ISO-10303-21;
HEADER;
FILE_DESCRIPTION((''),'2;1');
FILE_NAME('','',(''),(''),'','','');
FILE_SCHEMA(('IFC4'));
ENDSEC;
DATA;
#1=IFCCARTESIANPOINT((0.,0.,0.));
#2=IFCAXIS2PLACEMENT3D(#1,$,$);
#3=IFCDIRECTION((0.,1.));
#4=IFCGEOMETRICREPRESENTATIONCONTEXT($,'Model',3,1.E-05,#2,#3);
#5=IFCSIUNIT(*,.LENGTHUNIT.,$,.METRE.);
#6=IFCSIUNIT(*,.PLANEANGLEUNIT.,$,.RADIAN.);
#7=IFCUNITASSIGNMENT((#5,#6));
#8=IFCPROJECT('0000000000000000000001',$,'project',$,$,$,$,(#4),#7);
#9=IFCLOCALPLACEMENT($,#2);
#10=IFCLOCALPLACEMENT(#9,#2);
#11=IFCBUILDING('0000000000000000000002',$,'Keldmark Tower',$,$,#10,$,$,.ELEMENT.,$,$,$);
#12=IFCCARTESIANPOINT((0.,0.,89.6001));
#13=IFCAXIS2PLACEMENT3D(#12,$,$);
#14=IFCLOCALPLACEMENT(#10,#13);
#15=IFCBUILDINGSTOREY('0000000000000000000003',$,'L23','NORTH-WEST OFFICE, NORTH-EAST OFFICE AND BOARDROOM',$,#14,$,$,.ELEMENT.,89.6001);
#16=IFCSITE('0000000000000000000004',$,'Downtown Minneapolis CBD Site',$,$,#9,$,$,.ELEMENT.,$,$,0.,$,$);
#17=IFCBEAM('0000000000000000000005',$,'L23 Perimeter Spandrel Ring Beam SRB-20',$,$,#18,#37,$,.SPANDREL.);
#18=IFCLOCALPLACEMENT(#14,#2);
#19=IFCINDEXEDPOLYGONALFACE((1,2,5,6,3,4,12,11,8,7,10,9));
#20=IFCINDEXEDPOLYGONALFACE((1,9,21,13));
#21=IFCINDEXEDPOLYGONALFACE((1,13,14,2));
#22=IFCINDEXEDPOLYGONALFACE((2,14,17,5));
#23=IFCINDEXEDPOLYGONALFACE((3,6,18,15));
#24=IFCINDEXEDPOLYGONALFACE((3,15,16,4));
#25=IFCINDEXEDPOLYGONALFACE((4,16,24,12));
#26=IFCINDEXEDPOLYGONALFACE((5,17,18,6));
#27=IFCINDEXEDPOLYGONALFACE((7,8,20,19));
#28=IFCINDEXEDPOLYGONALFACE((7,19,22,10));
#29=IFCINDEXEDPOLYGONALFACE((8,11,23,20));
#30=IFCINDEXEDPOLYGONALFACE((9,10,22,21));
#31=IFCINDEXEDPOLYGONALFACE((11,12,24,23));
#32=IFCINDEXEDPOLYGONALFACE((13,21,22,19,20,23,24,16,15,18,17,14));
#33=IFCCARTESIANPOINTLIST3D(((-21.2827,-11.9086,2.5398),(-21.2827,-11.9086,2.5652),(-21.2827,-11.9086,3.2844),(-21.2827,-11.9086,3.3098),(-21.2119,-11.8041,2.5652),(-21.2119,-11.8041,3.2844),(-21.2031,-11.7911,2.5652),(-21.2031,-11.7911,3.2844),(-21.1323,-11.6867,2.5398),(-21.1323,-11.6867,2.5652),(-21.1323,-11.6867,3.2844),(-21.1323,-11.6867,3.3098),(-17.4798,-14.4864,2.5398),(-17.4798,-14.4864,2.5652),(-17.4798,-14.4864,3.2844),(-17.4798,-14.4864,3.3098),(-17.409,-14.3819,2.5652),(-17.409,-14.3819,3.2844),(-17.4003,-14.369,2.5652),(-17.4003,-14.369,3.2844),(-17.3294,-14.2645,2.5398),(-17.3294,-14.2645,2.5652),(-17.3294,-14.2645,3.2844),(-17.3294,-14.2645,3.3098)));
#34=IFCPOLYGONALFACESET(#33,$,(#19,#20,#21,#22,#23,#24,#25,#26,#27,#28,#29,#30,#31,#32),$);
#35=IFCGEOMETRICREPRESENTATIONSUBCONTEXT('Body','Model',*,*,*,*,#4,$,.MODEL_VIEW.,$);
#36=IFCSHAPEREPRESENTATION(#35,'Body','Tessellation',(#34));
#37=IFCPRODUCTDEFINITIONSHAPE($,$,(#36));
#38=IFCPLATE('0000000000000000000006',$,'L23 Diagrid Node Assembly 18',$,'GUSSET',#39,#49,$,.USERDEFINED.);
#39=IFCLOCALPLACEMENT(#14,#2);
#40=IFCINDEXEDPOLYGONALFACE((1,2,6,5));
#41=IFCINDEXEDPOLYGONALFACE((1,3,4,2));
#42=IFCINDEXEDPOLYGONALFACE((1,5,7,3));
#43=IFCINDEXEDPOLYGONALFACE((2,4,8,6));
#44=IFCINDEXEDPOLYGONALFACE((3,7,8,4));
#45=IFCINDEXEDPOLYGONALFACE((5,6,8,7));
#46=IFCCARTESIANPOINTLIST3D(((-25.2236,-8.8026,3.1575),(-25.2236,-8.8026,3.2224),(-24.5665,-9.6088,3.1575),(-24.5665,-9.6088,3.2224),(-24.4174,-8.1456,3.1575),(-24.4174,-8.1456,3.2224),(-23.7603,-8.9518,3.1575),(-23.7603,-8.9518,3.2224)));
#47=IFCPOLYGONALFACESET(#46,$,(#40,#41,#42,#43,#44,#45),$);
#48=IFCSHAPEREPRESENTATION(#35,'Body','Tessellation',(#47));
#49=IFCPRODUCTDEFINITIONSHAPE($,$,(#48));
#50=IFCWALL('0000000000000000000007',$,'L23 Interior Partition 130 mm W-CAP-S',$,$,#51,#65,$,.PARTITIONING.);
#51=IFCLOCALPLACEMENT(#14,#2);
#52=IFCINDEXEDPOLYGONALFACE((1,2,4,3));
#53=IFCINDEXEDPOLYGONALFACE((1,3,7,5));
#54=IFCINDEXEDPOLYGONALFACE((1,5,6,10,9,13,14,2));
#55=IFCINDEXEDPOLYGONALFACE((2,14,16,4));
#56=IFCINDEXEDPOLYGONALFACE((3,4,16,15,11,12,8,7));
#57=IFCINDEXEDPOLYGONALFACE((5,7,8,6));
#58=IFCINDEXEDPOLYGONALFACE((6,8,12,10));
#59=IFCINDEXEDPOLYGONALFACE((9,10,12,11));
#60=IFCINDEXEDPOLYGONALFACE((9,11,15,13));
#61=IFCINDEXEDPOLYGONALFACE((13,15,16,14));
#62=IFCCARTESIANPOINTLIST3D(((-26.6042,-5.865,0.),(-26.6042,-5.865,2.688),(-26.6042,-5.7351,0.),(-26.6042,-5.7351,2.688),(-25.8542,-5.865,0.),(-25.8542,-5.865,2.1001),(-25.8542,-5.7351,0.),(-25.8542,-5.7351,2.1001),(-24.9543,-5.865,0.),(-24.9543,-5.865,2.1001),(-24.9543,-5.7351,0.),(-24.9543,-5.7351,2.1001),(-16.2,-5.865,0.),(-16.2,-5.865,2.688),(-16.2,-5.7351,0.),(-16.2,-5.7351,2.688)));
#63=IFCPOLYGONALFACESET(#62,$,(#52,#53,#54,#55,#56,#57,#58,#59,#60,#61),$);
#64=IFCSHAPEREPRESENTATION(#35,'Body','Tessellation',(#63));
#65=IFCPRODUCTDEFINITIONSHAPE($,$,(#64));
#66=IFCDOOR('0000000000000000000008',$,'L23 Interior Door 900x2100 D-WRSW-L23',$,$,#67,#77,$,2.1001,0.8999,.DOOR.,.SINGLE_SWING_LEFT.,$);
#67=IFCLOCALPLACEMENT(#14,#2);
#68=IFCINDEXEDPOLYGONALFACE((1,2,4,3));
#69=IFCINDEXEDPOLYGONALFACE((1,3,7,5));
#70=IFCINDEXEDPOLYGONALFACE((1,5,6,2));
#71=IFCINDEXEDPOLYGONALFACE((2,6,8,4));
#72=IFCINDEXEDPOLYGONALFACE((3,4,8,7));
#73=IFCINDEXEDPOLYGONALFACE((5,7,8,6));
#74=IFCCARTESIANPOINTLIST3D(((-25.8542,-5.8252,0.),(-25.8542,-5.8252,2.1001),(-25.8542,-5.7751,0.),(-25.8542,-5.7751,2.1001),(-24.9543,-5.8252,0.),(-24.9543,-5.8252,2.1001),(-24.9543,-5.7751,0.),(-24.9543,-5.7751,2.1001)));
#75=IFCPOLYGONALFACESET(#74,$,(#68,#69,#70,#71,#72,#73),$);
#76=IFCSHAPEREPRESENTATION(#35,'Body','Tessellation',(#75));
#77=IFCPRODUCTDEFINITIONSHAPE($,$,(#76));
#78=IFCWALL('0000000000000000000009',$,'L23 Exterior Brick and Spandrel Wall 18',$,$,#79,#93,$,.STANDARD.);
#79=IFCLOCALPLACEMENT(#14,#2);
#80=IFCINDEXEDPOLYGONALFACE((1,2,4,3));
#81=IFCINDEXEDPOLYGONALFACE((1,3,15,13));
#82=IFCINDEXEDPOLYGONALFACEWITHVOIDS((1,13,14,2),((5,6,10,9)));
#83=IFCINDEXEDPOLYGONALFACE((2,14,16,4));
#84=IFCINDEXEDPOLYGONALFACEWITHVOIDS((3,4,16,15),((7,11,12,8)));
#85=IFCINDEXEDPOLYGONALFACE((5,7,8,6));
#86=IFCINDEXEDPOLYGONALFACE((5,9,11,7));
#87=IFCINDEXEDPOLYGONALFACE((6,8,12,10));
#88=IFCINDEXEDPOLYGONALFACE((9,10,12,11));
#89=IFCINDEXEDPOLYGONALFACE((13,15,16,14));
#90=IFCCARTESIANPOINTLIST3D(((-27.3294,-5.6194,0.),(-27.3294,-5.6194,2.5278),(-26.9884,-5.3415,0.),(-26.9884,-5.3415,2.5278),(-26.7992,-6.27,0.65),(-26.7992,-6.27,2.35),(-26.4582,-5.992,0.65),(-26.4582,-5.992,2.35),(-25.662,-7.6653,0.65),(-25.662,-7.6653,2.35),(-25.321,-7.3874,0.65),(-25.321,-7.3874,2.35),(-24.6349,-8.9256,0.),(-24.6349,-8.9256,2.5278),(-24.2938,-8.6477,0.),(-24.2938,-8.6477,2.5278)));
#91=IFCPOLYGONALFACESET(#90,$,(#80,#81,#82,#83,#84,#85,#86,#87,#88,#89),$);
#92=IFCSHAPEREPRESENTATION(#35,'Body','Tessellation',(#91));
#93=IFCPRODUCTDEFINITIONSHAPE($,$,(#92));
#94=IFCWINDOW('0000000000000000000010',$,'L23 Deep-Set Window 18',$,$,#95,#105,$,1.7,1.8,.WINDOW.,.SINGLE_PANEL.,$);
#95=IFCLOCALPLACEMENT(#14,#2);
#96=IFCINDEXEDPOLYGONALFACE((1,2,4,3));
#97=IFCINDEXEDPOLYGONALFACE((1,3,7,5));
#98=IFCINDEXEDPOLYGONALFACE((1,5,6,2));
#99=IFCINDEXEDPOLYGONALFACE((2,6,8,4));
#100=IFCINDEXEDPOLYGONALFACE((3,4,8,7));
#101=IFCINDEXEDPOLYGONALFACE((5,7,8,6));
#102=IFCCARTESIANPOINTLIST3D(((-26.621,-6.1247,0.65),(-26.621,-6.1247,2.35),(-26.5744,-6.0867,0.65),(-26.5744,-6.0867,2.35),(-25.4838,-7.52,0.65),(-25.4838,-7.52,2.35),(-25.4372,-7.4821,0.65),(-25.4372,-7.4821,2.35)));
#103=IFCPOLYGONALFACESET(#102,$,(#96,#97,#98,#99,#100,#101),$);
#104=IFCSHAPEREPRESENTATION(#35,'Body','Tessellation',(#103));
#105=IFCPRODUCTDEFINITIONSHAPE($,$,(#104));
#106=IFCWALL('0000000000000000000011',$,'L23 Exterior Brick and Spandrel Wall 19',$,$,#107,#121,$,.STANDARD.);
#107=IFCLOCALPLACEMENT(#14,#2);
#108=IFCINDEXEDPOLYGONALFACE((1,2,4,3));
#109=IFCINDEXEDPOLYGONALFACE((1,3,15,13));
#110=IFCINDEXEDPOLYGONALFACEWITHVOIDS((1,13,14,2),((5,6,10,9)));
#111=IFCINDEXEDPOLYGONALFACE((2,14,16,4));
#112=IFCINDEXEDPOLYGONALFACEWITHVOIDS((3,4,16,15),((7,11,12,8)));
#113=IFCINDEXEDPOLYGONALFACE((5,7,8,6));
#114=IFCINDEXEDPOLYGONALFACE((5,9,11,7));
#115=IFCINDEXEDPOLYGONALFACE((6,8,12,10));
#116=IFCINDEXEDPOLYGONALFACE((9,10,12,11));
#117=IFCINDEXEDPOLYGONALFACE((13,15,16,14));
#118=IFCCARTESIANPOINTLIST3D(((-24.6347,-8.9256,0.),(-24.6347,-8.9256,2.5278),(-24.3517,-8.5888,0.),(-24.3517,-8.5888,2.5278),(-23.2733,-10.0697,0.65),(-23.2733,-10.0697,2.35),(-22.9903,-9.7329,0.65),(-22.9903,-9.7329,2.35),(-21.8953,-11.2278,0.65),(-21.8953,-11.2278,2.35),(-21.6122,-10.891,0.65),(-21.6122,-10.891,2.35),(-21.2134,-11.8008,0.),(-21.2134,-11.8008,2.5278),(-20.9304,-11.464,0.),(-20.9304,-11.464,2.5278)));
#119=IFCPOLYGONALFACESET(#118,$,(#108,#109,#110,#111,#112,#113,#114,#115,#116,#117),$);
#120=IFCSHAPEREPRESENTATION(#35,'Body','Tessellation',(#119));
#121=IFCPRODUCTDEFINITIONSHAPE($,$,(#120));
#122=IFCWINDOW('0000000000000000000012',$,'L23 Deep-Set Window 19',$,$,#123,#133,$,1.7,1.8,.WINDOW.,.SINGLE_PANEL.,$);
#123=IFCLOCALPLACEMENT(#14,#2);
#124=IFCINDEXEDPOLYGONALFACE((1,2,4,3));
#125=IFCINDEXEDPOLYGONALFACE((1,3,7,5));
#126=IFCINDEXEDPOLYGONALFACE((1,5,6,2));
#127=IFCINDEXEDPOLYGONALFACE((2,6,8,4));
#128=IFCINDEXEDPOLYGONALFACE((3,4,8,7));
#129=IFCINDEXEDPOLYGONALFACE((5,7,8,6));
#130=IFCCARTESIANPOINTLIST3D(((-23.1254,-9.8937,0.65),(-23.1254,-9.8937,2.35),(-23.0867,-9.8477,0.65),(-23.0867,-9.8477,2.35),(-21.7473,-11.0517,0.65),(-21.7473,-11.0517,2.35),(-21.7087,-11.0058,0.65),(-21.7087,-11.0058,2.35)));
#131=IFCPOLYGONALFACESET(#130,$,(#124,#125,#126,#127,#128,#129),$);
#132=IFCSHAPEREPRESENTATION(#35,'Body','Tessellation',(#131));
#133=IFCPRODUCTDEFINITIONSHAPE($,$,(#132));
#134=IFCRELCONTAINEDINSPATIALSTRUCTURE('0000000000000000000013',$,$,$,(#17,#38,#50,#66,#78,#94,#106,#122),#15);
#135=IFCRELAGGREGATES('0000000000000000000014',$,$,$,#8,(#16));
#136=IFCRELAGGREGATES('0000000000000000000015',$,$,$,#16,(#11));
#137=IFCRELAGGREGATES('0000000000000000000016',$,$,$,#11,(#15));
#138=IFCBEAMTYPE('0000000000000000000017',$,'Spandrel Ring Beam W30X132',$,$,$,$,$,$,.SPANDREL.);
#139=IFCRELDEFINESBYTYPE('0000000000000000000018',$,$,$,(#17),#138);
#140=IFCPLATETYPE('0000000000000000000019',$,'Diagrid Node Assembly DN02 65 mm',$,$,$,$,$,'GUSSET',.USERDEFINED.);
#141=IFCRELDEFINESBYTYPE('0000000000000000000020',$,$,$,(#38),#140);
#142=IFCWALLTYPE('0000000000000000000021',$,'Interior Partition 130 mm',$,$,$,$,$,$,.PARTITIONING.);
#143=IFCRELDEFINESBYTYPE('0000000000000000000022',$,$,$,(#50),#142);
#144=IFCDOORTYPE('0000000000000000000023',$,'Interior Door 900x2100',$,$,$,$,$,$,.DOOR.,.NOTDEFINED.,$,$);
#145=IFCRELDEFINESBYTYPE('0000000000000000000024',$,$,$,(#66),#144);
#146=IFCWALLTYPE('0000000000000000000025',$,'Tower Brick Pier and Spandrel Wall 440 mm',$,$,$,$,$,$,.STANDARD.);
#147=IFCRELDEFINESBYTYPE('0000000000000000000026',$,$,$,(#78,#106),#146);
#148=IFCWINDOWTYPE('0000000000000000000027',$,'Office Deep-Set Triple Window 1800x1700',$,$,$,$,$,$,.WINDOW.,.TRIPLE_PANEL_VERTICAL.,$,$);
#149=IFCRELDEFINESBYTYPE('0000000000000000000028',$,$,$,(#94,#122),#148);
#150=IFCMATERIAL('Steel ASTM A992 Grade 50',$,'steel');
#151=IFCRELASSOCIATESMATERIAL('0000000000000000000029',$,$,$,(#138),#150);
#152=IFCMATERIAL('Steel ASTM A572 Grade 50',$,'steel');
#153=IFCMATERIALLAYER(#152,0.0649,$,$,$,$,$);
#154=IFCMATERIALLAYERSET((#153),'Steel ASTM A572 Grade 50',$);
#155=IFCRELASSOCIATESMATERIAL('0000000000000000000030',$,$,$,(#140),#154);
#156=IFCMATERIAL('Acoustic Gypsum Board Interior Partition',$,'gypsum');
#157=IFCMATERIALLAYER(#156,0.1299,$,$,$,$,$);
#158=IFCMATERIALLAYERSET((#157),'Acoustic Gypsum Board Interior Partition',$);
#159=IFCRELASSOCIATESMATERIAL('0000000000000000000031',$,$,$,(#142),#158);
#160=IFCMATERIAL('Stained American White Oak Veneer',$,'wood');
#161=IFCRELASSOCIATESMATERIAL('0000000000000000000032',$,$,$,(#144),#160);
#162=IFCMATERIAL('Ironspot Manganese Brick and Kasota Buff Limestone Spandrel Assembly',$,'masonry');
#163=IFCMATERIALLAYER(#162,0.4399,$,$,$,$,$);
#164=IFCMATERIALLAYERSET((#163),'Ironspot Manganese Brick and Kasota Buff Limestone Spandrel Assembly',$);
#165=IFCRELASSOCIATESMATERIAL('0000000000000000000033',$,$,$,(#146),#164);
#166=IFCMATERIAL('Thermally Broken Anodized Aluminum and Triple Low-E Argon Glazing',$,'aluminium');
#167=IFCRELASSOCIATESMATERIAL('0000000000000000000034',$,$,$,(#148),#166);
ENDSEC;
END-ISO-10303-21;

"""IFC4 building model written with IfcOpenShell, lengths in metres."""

from ifc_helpers import new_model, si_unit, direction, frame, frame_2d, origin, origin_2d, place, context, subcontext, project, spatial, rectangle, i_section, extrude, material, layer, layer_set, material_profile, profile_set, type_object, element, fill, save


model = new_model("IFC4")

# Units and contexts
model_context = context("Model", 3, precision=1e-05, world=origin(), true_north=direction((0.0, 1.0)))
body_context = subcontext(model_context, "Body", "Model", "MODEL_VIEW")
ifc_project = project(units=[si_unit("LENGTHUNIT", "METRE"), si_unit("PLANEANGLEUNIT", "RADIAN")], contexts=[model_context])

# Site, building, storey
site_placement = place(None, origin())
site = spatial("IfcSite", under=ifc_project, at=site_placement, Name="Downtown Minneapolis CBD Site", CompositionType="ELEMENT", RefElevation=0.0)
building_placement = place(site_placement, origin())
building = spatial("IfcBuilding", under=site, at=building_placement, Name="Keldmark Tower", CompositionType="ELEMENT")
storey_placement = place(building_placement, frame((0.0, 0.0, 89.6001)))
storey = spatial("IfcBuildingStorey", under=building, at=storey_placement, Name="L23", Description="NORTH-WEST OFFICE, NORTH-EAST OFFICE AND BOARDROOM", CompositionType="ELEMENT", Elevation=89.6001)

# Beam
ifc_material_1 = material(Name="Steel ASTM A992 Grade 50", Category="steel")
ifc_material_profile_1 = material_profile(ifc_material_1, i_section(OverallWidth=0.2681, OverallDepth=0.77, WebThickness=0.0156, FlangeThickness=0.0254, at=origin_2d()), Name="W30X132")
ifc_profile_set_1 = profile_set([ifc_material_profile_1], Name="Steel ASTM A992 Grade 50")
beam_type_1 = type_object("IfcBeamType", Name="Spandrel Ring Beam W30X132", PredefinedType="SPANDREL", material=ifc_profile_set_1)
beam_1_placement = place(storey_placement, frame((-21.2075, -11.7976, 2.9248), z_axis=(0.82775, -0.561097, 0.0), x_axis=(0.561097, 0.82775, 0.0)))
element("IfcBeam", 1, at=beam_1_placement, inside=storey, type_object=beam_type_1, Name="L23 Perimeter Spandrel Ring Beam SRB-20", PredefinedType="SPANDREL", context=body_context, shape_type="SweptSolid", body=[
    extrude(i_section(OverallWidth=0.2681, OverallDepth=0.77, WebThickness=0.0156, FlangeThickness=0.0254, at=origin_2d()), origin(), (0.0, 0.0, 1.0), 4.5942),
])

# Plate
ifc_material_2 = material(Name="Steel ASTM A572 Grade 50", Category="steel")
ifc_layer_1 = layer(ifc_material_2, 0.0649)
ifc_layer_set_1 = layer_set([ifc_layer_1], Name="Steel ASTM A572 Grade 50")
plate_type = type_object("IfcPlateType", Name="Diagrid Node Assembly DN02 65 mm", ElementType="GUSSET", PredefinedType="USERDEFINED", material=ifc_layer_set_1)
plate_placement = place(storey_placement, frame((-24.4919, -8.8772, 3.1575), z_axis=(0.0, 0.0, 1.0), x_axis=(0.631759, -0.775165, 0.0)))
element("IfcPlate", 2, at=plate_placement, inside=storey, type_object=plate_type, Name="L23 Diagrid Node Assembly 18", ObjectType="GUSSET", PredefinedType="USERDEFINED", context=body_context, shape_type="SweptSolid", body=[
    extrude(rectangle(XDim=1.04, YDim=1.04, at=origin_2d()), origin(), (0.0, 0.0, 1.0), 0.0649),
])

# Wall, opening, door
ifc_material_3 = material(Name="Acoustic Gypsum Board Interior Partition", Category="gypsum")
ifc_layer_2 = layer(ifc_material_3, 0.1299)
ifc_layer_set_2 = layer_set([ifc_layer_2], Name="Acoustic Gypsum Board Interior Partition")
wall_type_1 = type_object("IfcWallType", Name="Interior Partition 130 mm", PredefinedType="PARTITIONING", material=ifc_layer_set_2)
wall_1_placement = place(storey_placement, frame((-26.6042, -5.8, 0.0), z_axis=(0.0, 0.0, 1.0), x_axis=(1.0, 0.0, 0.0)))
wall_1 = element("IfcWall", 3, at=wall_1_placement, inside=storey, type_object=wall_type_1, Name="L23 Interior Partition 130 mm W-CAP-S", PredefinedType="PARTITIONING", context=body_context, shape_type="SweptSolid", body=[
    extrude(rectangle(XDim=10.4043, YDim=0.1299, at=frame_2d((5.2021, 0.0))), origin(), (0.0, 0.0, 1.0), 2.688),
])
opening_1_placement = place(wall_1_placement, frame((0.75, 0.0, 0.0)))
opening_1 = element("IfcOpeningElement", 4, at=opening_1_placement, cuts=wall_1, PredefinedType="OPENING", context=body_context, shape_type="SweptSolid", body=[
    extrude(rectangle(XDim=0.8999, YDim=2.1001, at=frame_2d((0.45, 1.05))), frame((0.0, 0.075, 0.0), z_axis=(0.0, -1.0, 0.0), x_axis=(1.0, 0.0, 0.0)), (0.0, 0.0, 1.0), 0.1499),
])
ifc_material_4 = material(Name="Stained American White Oak Veneer", Category="wood")
door_type = type_object("IfcDoorType", Name="Interior Door 900x2100", OperationType="NOTDEFINED", PredefinedType="DOOR", material=ifc_material_4)
door_placement = place(opening_1_placement, origin())
door = element("IfcDoor", 5, at=door_placement, inside=storey, type_object=door_type, Name="L23 Interior Door 900x2100 D-WRSW-L23", OperationType="SINGLE_SWING_LEFT", OverallHeight=2.1001, OverallWidth=0.8999, PredefinedType="DOOR", context=body_context, shape_type="SweptSolid", body=[
    extrude(rectangle(XDim=0.8999, YDim=2.1001, at=frame_2d((0.45, 1.05))), frame((0.0, 0.0249, 0.0), z_axis=(0.0, -1.0, 0.0), x_axis=(1.0, 0.0, 0.0)), (0.0, 0.0, 1.0), 0.05),
])
fill(opening_1, door)

# Walls, openings, windows
ifc_material_5 = material(Name="Ironspot Manganese Brick and Kasota Buff Limestone Spandrel Assembly", Category="masonry")
ifc_layer_3 = layer(ifc_material_5, 0.4399)
ifc_layer_set_3 = layer_set([ifc_layer_3], Name="Ironspot Manganese Brick and Kasota Buff Limestone Spandrel Assembly")
wall_type_2 = type_object("IfcWallType", Name="Tower Brick Pier and Spandrel Wall 440 mm", PredefinedType="STANDARD", material=ifc_layer_set_3)
wall_2_placement = place(storey_placement, frame((-24.4644, -8.7866, 0.0), z_axis=(0.0, 0.0, 1.0), x_axis=(-0.631769, 0.775157, 0.0)))
wall_2 = element("IfcWall", 6, at=wall_2_placement, inside=storey, type_object=wall_type_2, Name="L23 Exterior Brick and Spandrel Wall 18", PredefinedType="STANDARD", context=body_context, shape_type="SweptSolid", body=[
    extrude(rectangle(XDim=4.2651, YDim=0.4399, at=frame_2d((2.1326, 0.0))), origin(), (0.0, 0.0, 1.0), 2.5278),
])
opening_2_placement = place(wall_2_placement, frame((1.626, 0.0, 0.6499)))
opening_2 = element("IfcOpeningElement", 7, at=opening_2_placement, cuts=wall_2, PredefinedType="OPENING", context=body_context, shape_type="SweptSolid", body=[
    extrude(rectangle(XDim=1.8, YDim=1.7, at=frame_2d((0.8999, 0.8501))), frame((0.0, 0.23, 0.0), z_axis=(0.0, -1.0, 0.0), x_axis=(1.0, 0.0, 0.0)), (0.0, 0.0, 1.0), 0.46),
])
ifc_material_6 = material(Name="Thermally Broken Anodized Aluminum and Triple Low-E Argon Glazing", Category="aluminium")
window_type = type_object("IfcWindowType", Name="Office Deep-Set Triple Window 1800x1700", PartitioningType="TRIPLE_PANEL_VERTICAL", PredefinedType="WINDOW", material=ifc_material_6)
window_1_placement = place(opening_2_placement, origin())
window_1 = element("IfcWindow", 8, at=window_1_placement, inside=storey, type_object=window_type, Name="L23 Deep-Set Window 18", OverallHeight=1.7, OverallWidth=1.8, PartitioningType="SINGLE_PANEL", PredefinedType="WINDOW", context=body_context, shape_type="SweptSolid", body=[
    extrude(rectangle(XDim=1.8, YDim=1.7, at=frame_2d((0.8999, 0.8501))), frame((0.0, -0.01, 0.0), z_axis=(0.0, -1.0, 0.0), x_axis=(1.0, 0.0, 0.0)), (0.0, 0.0, 1.0), 0.0601),
])
fill(opening_2, window_1)
wall_3_placement = place(storey_placement, frame((-21.072, -11.6323, 0.0), z_axis=(0.0, 0.0, 1.0), x_axis=(-0.765564, 0.64336, 0.0)))
wall_3 = element("IfcWall", 9, at=wall_3_placement, inside=storey, type_object=wall_type_2, Name="L23 Exterior Brick and Spandrel Wall 19", PredefinedType="STANDARD", context=body_context, shape_type="SweptSolid", body=[
    extrude(rectangle(XDim=4.469, YDim=0.4399, at=frame_2d((2.2344, 0.0))), origin(), (0.0, 0.0, 1.0), 2.5278),
])
opening_3_placement = place(wall_3_placement, frame((0.8906, 0.0, 0.6499)))
opening_3 = element("IfcOpeningElement", 10, at=opening_3_placement, cuts=wall_3, PredefinedType="OPENING", context=body_context, shape_type="SweptSolid", body=[
    extrude(rectangle(XDim=1.8, YDim=1.7, at=frame_2d((0.8999, 0.8501))), frame((0.0, 0.23, 0.0), z_axis=(0.0, -1.0, 0.0), x_axis=(1.0, 0.0, 0.0)), (0.0, 0.0, 1.0), 0.46),
])
window_2_placement = place(opening_3_placement, origin())
window_2 = element("IfcWindow", 11, at=window_2_placement, inside=storey, type_object=window_type, Name="L23 Deep-Set Window 19", OverallHeight=1.7, OverallWidth=1.8, PartitioningType="SINGLE_PANEL", PredefinedType="WINDOW", context=body_context, shape_type="SweptSolid", body=[
    extrude(rectangle(XDim=1.8, YDim=1.7, at=frame_2d((0.8999, 0.8501))), frame((0.0, -0.01, 0.0), z_axis=(0.0, -1.0, 0.0), x_axis=(1.0, 0.0, 0.0)), (0.0, 0.0, 1.0), 0.0601),
])
fill(opening_3, window_2)

save(model, "model.ifc")
